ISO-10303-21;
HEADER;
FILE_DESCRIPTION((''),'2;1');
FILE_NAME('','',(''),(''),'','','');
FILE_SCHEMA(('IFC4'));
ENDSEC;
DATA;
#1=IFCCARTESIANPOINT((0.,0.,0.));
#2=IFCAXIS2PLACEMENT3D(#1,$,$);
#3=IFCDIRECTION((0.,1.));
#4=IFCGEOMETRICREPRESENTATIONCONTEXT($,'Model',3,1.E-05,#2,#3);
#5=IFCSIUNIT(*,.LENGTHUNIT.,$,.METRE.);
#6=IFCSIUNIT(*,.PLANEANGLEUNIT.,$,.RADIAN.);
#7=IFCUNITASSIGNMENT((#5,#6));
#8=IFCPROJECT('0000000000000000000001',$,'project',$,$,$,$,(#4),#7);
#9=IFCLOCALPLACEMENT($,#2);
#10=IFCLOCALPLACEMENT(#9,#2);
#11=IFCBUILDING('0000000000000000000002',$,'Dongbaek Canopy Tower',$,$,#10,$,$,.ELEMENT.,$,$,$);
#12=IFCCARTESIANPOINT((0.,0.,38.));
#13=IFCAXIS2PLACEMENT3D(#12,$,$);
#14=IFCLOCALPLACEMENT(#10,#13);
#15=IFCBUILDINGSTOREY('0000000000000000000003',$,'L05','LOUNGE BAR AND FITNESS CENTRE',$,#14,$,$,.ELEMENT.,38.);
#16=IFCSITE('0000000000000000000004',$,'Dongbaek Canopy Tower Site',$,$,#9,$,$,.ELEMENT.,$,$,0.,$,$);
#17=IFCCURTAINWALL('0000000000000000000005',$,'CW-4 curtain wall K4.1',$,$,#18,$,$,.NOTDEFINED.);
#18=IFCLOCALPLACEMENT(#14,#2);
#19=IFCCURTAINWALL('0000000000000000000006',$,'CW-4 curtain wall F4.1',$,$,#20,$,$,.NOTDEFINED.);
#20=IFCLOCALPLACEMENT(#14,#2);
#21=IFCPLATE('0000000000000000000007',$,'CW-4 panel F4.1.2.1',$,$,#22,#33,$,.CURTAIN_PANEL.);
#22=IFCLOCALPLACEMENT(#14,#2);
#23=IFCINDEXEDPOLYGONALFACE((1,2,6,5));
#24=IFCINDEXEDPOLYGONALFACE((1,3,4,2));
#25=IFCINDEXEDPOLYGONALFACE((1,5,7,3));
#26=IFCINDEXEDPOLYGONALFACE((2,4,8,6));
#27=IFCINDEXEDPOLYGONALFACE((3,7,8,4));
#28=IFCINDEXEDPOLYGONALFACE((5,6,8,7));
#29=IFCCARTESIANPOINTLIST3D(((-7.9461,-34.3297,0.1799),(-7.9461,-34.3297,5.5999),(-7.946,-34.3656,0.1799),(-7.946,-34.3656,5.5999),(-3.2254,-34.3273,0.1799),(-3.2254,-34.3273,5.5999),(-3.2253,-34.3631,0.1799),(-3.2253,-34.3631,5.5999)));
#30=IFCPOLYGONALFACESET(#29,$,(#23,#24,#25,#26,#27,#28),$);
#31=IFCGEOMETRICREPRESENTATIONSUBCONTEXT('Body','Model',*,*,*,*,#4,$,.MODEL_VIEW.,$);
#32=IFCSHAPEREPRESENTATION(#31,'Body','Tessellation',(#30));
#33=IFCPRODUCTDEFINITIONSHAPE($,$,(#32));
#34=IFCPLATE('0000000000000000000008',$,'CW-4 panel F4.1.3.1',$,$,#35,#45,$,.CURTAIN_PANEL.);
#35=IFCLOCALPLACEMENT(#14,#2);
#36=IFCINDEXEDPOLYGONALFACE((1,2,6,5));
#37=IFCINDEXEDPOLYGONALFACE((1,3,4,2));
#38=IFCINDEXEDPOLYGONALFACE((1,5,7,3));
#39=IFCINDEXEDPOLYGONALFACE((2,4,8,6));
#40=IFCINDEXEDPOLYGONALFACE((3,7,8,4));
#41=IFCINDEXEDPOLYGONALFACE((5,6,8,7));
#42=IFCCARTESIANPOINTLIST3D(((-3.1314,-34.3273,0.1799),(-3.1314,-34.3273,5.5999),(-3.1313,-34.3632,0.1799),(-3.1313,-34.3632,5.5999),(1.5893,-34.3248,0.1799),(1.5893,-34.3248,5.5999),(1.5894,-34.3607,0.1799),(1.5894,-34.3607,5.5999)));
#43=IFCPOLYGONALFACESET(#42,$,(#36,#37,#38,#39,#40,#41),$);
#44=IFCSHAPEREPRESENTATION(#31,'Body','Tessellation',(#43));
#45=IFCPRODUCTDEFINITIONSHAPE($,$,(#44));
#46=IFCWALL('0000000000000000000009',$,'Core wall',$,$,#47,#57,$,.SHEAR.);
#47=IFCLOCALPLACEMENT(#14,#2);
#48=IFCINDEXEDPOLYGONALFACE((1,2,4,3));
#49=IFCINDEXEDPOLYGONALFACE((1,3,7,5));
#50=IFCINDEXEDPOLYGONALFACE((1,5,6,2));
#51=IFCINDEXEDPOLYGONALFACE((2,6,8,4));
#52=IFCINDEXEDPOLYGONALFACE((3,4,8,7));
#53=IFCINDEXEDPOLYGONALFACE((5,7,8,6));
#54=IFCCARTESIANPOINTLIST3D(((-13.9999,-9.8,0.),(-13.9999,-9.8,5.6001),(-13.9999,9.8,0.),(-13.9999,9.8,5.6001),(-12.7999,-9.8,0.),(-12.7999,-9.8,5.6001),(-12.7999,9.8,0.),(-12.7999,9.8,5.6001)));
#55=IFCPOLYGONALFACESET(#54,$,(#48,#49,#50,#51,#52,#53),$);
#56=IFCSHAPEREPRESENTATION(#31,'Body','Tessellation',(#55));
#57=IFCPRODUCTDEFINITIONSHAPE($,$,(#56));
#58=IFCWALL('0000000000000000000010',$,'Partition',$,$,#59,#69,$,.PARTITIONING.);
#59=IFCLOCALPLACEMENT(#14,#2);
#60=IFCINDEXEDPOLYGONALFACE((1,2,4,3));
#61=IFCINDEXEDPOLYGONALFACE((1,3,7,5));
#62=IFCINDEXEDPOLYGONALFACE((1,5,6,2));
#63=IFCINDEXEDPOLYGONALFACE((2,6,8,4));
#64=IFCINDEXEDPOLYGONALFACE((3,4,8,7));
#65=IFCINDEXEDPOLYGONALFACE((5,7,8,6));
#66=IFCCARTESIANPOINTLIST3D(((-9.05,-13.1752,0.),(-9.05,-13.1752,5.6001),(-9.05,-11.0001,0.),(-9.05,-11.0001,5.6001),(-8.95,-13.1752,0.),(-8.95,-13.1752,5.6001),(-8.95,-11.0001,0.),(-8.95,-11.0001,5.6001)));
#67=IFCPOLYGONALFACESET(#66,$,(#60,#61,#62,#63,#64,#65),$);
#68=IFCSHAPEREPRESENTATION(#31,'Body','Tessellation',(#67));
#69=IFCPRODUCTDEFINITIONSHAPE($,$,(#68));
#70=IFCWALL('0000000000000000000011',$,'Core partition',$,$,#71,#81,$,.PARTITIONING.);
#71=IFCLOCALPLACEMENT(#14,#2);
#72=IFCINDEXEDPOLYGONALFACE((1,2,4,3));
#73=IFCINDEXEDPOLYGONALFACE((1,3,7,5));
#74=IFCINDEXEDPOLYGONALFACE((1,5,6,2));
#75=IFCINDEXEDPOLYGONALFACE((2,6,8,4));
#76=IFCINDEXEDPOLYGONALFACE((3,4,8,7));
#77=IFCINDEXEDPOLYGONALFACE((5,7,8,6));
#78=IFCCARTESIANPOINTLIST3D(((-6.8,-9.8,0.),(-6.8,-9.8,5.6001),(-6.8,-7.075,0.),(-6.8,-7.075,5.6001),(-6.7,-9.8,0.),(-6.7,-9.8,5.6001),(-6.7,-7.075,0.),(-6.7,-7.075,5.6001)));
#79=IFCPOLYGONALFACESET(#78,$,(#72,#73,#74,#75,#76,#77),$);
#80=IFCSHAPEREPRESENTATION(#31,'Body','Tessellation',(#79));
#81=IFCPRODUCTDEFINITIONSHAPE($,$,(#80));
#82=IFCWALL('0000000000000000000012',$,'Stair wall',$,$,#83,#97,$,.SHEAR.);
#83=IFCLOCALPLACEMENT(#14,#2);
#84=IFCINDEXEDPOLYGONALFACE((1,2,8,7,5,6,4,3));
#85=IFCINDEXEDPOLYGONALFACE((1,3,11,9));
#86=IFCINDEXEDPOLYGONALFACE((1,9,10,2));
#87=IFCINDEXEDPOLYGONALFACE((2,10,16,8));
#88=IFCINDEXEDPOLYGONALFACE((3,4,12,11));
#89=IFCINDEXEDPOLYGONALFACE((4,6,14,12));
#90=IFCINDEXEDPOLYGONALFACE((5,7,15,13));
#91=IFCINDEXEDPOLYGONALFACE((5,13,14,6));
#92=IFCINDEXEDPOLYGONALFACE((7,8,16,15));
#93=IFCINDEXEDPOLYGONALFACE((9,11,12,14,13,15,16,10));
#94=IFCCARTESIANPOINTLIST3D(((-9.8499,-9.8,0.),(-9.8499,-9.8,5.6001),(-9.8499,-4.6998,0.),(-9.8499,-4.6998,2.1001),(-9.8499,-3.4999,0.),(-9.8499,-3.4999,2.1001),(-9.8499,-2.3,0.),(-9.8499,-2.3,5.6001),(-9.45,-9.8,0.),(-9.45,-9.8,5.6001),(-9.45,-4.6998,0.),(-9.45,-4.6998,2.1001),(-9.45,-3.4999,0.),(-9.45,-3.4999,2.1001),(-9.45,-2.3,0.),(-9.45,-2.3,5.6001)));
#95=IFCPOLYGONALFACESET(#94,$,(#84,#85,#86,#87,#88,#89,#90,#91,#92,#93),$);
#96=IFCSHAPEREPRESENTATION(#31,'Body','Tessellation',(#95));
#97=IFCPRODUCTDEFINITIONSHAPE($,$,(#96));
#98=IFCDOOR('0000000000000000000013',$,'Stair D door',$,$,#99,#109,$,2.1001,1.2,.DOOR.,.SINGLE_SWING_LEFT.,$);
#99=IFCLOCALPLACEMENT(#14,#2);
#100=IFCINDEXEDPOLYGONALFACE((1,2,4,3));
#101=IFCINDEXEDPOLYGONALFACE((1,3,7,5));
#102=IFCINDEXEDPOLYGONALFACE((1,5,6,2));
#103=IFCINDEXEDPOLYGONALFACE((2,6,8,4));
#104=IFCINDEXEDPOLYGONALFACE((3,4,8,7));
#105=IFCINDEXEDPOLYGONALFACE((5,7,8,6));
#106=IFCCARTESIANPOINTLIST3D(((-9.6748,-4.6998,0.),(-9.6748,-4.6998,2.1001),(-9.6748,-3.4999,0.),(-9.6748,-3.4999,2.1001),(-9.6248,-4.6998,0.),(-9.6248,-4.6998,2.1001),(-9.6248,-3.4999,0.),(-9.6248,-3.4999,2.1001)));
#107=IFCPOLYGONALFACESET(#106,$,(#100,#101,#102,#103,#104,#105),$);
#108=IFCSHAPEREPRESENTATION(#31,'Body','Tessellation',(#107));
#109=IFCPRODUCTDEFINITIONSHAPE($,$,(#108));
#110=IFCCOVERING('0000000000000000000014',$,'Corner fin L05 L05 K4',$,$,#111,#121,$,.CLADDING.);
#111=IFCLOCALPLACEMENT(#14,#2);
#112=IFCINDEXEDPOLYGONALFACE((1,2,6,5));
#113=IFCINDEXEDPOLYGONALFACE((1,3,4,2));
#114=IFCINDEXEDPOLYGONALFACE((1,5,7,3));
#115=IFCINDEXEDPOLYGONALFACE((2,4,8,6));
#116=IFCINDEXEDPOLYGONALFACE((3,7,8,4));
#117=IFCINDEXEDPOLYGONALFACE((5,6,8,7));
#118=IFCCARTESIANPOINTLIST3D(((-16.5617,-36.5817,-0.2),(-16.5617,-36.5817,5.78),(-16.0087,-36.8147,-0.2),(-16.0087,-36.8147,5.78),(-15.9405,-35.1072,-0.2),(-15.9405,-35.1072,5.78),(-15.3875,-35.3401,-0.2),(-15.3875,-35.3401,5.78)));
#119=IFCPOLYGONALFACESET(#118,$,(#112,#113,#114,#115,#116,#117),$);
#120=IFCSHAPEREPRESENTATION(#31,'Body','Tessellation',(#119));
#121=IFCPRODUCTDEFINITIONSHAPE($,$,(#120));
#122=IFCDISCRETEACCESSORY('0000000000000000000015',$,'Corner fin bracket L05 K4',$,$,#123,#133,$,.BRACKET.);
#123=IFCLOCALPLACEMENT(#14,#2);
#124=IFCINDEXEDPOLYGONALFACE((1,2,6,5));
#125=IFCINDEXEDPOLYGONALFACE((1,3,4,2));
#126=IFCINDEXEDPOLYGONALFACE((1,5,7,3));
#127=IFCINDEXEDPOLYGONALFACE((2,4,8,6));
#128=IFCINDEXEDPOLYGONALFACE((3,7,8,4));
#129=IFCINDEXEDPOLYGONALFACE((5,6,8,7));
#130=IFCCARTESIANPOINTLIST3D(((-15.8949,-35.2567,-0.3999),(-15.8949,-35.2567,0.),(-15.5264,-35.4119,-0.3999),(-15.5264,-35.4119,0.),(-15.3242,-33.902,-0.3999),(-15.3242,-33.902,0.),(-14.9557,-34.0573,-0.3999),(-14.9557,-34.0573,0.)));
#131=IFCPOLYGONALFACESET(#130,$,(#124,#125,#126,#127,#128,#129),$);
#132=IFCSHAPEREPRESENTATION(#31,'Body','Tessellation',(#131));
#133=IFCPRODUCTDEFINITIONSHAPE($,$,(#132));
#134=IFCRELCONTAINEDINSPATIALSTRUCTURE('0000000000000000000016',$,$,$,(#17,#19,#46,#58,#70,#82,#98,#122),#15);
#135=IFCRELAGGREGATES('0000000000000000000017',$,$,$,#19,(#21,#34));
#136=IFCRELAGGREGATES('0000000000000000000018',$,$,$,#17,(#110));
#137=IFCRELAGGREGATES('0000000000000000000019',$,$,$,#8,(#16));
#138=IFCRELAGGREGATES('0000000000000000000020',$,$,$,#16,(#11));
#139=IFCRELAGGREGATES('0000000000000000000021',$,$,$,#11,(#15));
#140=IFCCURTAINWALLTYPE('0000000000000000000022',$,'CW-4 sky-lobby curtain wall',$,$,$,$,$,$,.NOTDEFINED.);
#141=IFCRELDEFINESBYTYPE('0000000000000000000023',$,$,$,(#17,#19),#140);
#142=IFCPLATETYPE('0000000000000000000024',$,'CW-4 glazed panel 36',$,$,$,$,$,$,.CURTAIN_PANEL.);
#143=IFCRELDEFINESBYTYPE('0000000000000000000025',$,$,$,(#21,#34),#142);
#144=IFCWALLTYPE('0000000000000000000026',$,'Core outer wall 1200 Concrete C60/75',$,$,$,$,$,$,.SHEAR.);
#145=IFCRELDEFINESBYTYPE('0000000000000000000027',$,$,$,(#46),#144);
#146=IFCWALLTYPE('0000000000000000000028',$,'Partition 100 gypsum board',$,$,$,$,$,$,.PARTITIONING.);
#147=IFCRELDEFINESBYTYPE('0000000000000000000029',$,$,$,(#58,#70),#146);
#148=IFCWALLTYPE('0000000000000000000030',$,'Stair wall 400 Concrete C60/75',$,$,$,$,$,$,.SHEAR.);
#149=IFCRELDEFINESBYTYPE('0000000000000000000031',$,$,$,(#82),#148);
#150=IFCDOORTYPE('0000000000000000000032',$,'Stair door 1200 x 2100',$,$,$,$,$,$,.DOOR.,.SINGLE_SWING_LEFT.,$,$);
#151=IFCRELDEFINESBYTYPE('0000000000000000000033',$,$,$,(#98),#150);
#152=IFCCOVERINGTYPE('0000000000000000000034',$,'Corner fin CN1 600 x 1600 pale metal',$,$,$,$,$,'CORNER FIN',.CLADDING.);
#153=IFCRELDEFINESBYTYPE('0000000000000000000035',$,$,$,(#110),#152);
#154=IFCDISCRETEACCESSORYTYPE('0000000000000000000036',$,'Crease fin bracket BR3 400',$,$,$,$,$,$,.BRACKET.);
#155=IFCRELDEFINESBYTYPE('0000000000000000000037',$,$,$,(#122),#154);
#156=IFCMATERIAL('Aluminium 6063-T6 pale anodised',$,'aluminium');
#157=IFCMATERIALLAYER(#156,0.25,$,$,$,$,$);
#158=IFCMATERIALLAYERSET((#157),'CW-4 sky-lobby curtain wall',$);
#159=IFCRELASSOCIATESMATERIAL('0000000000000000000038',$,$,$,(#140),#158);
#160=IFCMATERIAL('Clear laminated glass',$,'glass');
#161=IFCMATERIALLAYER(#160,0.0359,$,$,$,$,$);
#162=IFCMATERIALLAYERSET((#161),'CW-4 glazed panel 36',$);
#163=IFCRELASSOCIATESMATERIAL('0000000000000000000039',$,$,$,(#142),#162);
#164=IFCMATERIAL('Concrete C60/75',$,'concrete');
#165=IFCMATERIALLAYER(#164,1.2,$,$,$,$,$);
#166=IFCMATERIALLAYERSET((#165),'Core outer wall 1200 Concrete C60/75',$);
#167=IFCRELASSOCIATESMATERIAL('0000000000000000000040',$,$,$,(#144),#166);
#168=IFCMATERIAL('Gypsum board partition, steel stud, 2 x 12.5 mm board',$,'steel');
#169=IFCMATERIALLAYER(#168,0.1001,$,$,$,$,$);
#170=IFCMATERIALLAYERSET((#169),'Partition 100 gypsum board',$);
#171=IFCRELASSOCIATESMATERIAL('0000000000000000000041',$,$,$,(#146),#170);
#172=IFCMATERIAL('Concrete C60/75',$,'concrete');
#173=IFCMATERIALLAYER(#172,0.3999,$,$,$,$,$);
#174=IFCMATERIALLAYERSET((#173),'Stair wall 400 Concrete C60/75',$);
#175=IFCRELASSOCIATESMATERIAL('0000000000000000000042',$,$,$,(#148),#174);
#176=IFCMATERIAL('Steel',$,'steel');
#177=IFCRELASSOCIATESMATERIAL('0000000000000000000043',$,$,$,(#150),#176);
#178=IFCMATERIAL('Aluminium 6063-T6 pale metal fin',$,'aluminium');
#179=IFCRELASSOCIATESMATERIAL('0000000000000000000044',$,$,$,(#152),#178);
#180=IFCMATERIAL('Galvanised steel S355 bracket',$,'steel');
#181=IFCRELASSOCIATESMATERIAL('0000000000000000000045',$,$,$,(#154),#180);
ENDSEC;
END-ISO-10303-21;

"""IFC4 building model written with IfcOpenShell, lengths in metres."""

from ifc_helpers import new_model, si_unit, direction, frame, frame_2d, origin, origin_2d, place, context, subcontext, project, spatial, rectangle, extrude, material, layer, layer_set, material_profile, profile_set, type_object, element, fill, aggregate, save


model = new_model("IFC4")

# Units and contexts
model_context = context("Model", 3, precision=1e-05, world=origin(), true_north=direction((0.0, 1.0)))
body_context = subcontext(model_context, "Body", "Model", "MODEL_VIEW")
ifc_project = project(units=[si_unit("LENGTHUNIT", "METRE"), si_unit("PLANEANGLEUNIT", "RADIAN")], contexts=[model_context])

# Site, building, storey
site_placement = place(None, origin())
site = spatial("IfcSite", under=ifc_project, at=site_placement, Name="Dongbaek Canopy Tower Site", CompositionType="ELEMENT", RefElevation=0.0)
building_placement = place(site_placement, origin())
building = spatial("IfcBuilding", under=site, at=building_placement, Name="Dongbaek Canopy Tower", CompositionType="ELEMENT")
storey_placement = place(building_placement, frame((0.0, 0.0, 38.0)))
storey = spatial("IfcBuildingStorey", under=building, at=storey_placement, Name="L05", Description="LOUNGE BAR AND FITNESS CENTRE", CompositionType="ELEMENT", Elevation=38.0)

# Curtain walls
ifc_material_1 = material(Name="Aluminium 6063-T6 pale anodised", Category="aluminium")
ifc_layer_1 = layer(ifc_material_1, 0.25)
ifc_layer_set_1 = layer_set([ifc_layer_1], Name="CW-4 sky-lobby curtain wall")
curtain_wall_type = type_object("IfcCurtainWallType", Name="CW-4 sky-lobby curtain wall", PredefinedType="NOTDEFINED", material=ifc_layer_set_1)
curtain_wall_1_placement = place(storey_placement, origin())
curtain_wall_1 = element("IfcCurtainWall", 1, at=curtain_wall_1_placement, inside=storey, type_object=curtain_wall_type, Name="CW-4 curtain wall K4.1", PredefinedType="NOTDEFINED")
curtain_wall_2_placement = place(storey_placement, origin())
curtain_wall_2 = element("IfcCurtainWall", 2, at=curtain_wall_2_placement, inside=storey, type_object=curtain_wall_type, Name="CW-4 curtain wall F4.1", PredefinedType="NOTDEFINED")

# Plates
ifc_material_2 = material(Name="Clear laminated glass", Category="glass")
ifc_layer_2 = layer(ifc_material_2, 0.0359)
ifc_layer_set_2 = layer_set([ifc_layer_2], Name="CW-4 glazed panel 36")
plate_type = type_object("IfcPlateType", Name="CW-4 glazed panel 36", PredefinedType="CURTAIN_PANEL", material=ifc_layer_set_2)
plate_1_placement = place(storey_placement, frame((-5.5857, -34.3464, 0.1799), z_axis=(0.0, 0.0, 1.0), x_axis=(1.0, 0.000524, 0.0)))
plate_1 = element("IfcPlate", 3, at=plate_1_placement, type_object=plate_type, Name="CW-4 panel F4.1.2.1", PredefinedType="CURTAIN_PANEL", context=body_context, shape_type="SweptSolid", body=[
    extrude(rectangle(XDim=4.7207, YDim=0.0359, at=origin_2d()), origin(), (0.0, 0.0, 1.0), 5.4199),
])
plate_2_placement = place(storey_placement, frame((-0.771, -34.344, 0.1799), z_axis=(0.0, 0.0, 1.0), x_axis=(1.0, 0.000524, 0.0)))
plate_2 = element("IfcPlate", 4, at=plate_2_placement, type_object=plate_type, Name="CW-4 panel F4.1.3.1", PredefinedType="CURTAIN_PANEL", context=body_context, shape_type="SweptSolid", body=[
    extrude(rectangle(XDim=4.7207, YDim=0.0359, at=origin_2d()), origin(), (0.0, 0.0, 1.0), 5.4199),
])
aggregate(curtain_wall_2, [plate_1, plate_2])

# Walls
ifc_material_3 = material(Name="Concrete C60/75", Category="concrete")
ifc_layer_3 = layer(ifc_material_3, 1.2)
ifc_layer_set_3 = layer_set([ifc_layer_3], Name="Core outer wall 1200 Concrete C60/75")
wall_type_1 = type_object("IfcWallType", Name="Core outer wall 1200 Concrete C60/75", PredefinedType="SHEAR", material=ifc_layer_set_3)
wall_1_placement = place(storey_placement, frame((-13.3999, -9.8, 0.0), z_axis=(0.0, 0.0, 1.0), x_axis=(0.0, 1.0, 0.0)))
element("IfcWall", 5, at=wall_1_placement, inside=storey, type_object=wall_type_1, Name="Core wall", PredefinedType="SHEAR", context=body_context, shape_type="SweptSolid", body=[
    extrude(rectangle(XDim=19.6001, YDim=1.2, at=frame_2d((9.8, 0.0))), origin(), (0.0, 0.0, 1.0), 5.6001),
])
ifc_material_4 = material(Name="Gypsum board partition, steel stud, 2 x 12.5 mm board", Category="steel")
ifc_layer_4 = layer(ifc_material_4, 0.1001)
ifc_layer_set_4 = layer_set([ifc_layer_4], Name="Partition 100 gypsum board")
wall_type_2 = type_object("IfcWallType", Name="Partition 100 gypsum board", PredefinedType="PARTITIONING", material=ifc_layer_set_4)
wall_2_placement = place(storey_placement, frame((-9.0, -13.175, 0.0), z_axis=(0.0, 0.0, 1.0), x_axis=(0.0, 1.0, 0.0)))
element("IfcWall", 6, at=wall_2_placement, inside=storey, type_object=wall_type_2, Name="Partition", PredefinedType="PARTITIONING", context=body_context, shape_type="SweptSolid", body=[
    extrude(rectangle(XDim=2.175, YDim=0.1001, at=frame_2d((1.0874, 0.0))), origin(), (0.0, 0.0, 1.0), 5.6001),
])
wall_3_placement = place(storey_placement, frame((-6.75, -9.8, 0.0), z_axis=(0.0, 0.0, 1.0), x_axis=(0.0, 1.0, 0.0)))
element("IfcWall", 7, at=wall_3_placement, inside=storey, type_object=wall_type_2, Name="Core partition", PredefinedType="PARTITIONING", context=body_context, shape_type="SweptSolid", body=[
    extrude(rectangle(XDim=2.7251, YDim=0.1001, at=frame_2d((1.3625, 0.0))), origin(), (0.0, 0.0, 1.0), 5.6001),
])

# Wall, opening, door
ifc_material_5 = material(Name="Concrete C60/75", Category="concrete")
ifc_layer_5 = layer(ifc_material_5, 0.3999)
ifc_layer_set_5 = layer_set([ifc_layer_5], Name="Stair wall 400 Concrete C60/75")
wall_type_3 = type_object("IfcWallType", Name="Stair wall 400 Concrete C60/75", PredefinedType="SHEAR", material=ifc_layer_set_5)
wall_4_placement = place(storey_placement, frame((-9.6499, -9.8, 0.0), z_axis=(0.0, 0.0, 1.0), x_axis=(0.0, 1.0, 0.0)))
wall_4 = element("IfcWall", 8, at=wall_4_placement, inside=storey, type_object=wall_type_3, Name="Stair wall", PredefinedType="SHEAR", context=body_context, shape_type="SweptSolid", body=[
    extrude(rectangle(XDim=7.5, YDim=0.3999, at=frame_2d((3.75, 0.0))), origin(), (0.0, 0.0, 1.0), 5.6001),
])
opening_placement = place(wall_4_placement, frame((5.1001, 0.0, 0.0)))
opening = element("IfcOpeningElement", 9, at=opening_placement, cuts=wall_4, PredefinedType="OPENING", context=body_context, shape_type="SweptSolid", body=[
    extrude(rectangle(XDim=1.2, YDim=2.1001, at=frame_2d((0.6001, 1.05))), frame((0.0, 0.21, 0.0), z_axis=(0.0, -1.0, 0.0), x_axis=(1.0, 0.0, 0.0)), (0.0, 0.0, 1.0), 0.4199),
])
ifc_material_6 = material(Name="Steel", Category="steel")
door_type = type_object("IfcDoorType", Name="Stair door 1200 x 2100", OperationType="SINGLE_SWING_LEFT", PredefinedType="DOOR", material=ifc_material_6)
door_placement = place(opening_placement, origin())
door = element("IfcDoor", 10, at=door_placement, inside=storey, type_object=door_type, Name="Stair D door", OperationType="SINGLE_SWING_LEFT", OverallHeight=2.1001, OverallWidth=1.2, PredefinedType="DOOR", context=body_context, shape_type="SweptSolid", body=[
    extrude(rectangle(XDim=1.2, YDim=2.1001, at=frame_2d((0.6001, 1.05))), frame((0.0, 0.0249, 0.0), z_axis=(0.0, -1.0, 0.0), x_axis=(1.0, 0.0, 0.0)), (0.0, 0.0, 1.0), 0.05),
])
fill(opening, door)

# Covering
ifc_material_7 = material(Name="Aluminium 6063-T6 pale metal fin", Category="aluminium")
ifc_material_profile_1 = material_profile(ifc_material_7, rectangle(XDim=1.6001, YDim=0.6001, at=origin_2d()), Name="Corner fin CN1 600 x 1600 pale metal")
ifc_profile_set_1 = profile_set([ifc_material_profile_1], Name="Aluminium 6063-T6 pale metal fin")
covering_type = type_object("IfcCoveringType", Name="Corner fin CN1 600 x 1600 pale metal", ElementType="CORNER FIN", PredefinedType="CLADDING", material=ifc_profile_set_1)
covering_placement = place(storey_placement, frame((-15.9746, -35.9609, -0.2), z_axis=(0.0, 0.0, 1.0), x_axis=(-0.38823, -0.921563, 0.0)))
covering = element("IfcCovering", 11, at=covering_placement, type_object=covering_type, Name="Corner fin L05 L05 K4", PredefinedType="CLADDING", context=body_context, shape_type="SweptSolid", body=[
    extrude(rectangle(XDim=1.6001, YDim=0.6001, at=origin_2d()), origin(), (0.0, 0.0, 1.0), 5.98),
])
aggregate(curtain_wall_1, [covering])

# Discrete accessory
ifc_material_8 = material(Name="Galvanised steel S355 bracket", Category="steel")
discrete_accessory_type = type_object("IfcDiscreteAccessoryType", Name="Crease fin bracket BR3 400", PredefinedType="BRACKET", material=ifc_material_8)
discrete_accessory_placement = place(storey_placement, frame((-15.4253, -34.657, -0.3999), z_axis=(0.0, 0.0, 1.0), x_axis=(-0.38823, -0.921563, 0.0)))
element("IfcDiscreteAccessory", 12, at=discrete_accessory_placement, inside=storey, type_object=discrete_accessory_type, Name="Corner fin bracket L05 K4", PredefinedType="BRACKET", context=body_context, shape_type="SweptSolid", body=[
    extrude(rectangle(XDim=1.47, YDim=0.3999, at=origin_2d()), origin(), (0.0, 0.0, 1.0), 0.3999),
])

save(model, "model.ifc")
